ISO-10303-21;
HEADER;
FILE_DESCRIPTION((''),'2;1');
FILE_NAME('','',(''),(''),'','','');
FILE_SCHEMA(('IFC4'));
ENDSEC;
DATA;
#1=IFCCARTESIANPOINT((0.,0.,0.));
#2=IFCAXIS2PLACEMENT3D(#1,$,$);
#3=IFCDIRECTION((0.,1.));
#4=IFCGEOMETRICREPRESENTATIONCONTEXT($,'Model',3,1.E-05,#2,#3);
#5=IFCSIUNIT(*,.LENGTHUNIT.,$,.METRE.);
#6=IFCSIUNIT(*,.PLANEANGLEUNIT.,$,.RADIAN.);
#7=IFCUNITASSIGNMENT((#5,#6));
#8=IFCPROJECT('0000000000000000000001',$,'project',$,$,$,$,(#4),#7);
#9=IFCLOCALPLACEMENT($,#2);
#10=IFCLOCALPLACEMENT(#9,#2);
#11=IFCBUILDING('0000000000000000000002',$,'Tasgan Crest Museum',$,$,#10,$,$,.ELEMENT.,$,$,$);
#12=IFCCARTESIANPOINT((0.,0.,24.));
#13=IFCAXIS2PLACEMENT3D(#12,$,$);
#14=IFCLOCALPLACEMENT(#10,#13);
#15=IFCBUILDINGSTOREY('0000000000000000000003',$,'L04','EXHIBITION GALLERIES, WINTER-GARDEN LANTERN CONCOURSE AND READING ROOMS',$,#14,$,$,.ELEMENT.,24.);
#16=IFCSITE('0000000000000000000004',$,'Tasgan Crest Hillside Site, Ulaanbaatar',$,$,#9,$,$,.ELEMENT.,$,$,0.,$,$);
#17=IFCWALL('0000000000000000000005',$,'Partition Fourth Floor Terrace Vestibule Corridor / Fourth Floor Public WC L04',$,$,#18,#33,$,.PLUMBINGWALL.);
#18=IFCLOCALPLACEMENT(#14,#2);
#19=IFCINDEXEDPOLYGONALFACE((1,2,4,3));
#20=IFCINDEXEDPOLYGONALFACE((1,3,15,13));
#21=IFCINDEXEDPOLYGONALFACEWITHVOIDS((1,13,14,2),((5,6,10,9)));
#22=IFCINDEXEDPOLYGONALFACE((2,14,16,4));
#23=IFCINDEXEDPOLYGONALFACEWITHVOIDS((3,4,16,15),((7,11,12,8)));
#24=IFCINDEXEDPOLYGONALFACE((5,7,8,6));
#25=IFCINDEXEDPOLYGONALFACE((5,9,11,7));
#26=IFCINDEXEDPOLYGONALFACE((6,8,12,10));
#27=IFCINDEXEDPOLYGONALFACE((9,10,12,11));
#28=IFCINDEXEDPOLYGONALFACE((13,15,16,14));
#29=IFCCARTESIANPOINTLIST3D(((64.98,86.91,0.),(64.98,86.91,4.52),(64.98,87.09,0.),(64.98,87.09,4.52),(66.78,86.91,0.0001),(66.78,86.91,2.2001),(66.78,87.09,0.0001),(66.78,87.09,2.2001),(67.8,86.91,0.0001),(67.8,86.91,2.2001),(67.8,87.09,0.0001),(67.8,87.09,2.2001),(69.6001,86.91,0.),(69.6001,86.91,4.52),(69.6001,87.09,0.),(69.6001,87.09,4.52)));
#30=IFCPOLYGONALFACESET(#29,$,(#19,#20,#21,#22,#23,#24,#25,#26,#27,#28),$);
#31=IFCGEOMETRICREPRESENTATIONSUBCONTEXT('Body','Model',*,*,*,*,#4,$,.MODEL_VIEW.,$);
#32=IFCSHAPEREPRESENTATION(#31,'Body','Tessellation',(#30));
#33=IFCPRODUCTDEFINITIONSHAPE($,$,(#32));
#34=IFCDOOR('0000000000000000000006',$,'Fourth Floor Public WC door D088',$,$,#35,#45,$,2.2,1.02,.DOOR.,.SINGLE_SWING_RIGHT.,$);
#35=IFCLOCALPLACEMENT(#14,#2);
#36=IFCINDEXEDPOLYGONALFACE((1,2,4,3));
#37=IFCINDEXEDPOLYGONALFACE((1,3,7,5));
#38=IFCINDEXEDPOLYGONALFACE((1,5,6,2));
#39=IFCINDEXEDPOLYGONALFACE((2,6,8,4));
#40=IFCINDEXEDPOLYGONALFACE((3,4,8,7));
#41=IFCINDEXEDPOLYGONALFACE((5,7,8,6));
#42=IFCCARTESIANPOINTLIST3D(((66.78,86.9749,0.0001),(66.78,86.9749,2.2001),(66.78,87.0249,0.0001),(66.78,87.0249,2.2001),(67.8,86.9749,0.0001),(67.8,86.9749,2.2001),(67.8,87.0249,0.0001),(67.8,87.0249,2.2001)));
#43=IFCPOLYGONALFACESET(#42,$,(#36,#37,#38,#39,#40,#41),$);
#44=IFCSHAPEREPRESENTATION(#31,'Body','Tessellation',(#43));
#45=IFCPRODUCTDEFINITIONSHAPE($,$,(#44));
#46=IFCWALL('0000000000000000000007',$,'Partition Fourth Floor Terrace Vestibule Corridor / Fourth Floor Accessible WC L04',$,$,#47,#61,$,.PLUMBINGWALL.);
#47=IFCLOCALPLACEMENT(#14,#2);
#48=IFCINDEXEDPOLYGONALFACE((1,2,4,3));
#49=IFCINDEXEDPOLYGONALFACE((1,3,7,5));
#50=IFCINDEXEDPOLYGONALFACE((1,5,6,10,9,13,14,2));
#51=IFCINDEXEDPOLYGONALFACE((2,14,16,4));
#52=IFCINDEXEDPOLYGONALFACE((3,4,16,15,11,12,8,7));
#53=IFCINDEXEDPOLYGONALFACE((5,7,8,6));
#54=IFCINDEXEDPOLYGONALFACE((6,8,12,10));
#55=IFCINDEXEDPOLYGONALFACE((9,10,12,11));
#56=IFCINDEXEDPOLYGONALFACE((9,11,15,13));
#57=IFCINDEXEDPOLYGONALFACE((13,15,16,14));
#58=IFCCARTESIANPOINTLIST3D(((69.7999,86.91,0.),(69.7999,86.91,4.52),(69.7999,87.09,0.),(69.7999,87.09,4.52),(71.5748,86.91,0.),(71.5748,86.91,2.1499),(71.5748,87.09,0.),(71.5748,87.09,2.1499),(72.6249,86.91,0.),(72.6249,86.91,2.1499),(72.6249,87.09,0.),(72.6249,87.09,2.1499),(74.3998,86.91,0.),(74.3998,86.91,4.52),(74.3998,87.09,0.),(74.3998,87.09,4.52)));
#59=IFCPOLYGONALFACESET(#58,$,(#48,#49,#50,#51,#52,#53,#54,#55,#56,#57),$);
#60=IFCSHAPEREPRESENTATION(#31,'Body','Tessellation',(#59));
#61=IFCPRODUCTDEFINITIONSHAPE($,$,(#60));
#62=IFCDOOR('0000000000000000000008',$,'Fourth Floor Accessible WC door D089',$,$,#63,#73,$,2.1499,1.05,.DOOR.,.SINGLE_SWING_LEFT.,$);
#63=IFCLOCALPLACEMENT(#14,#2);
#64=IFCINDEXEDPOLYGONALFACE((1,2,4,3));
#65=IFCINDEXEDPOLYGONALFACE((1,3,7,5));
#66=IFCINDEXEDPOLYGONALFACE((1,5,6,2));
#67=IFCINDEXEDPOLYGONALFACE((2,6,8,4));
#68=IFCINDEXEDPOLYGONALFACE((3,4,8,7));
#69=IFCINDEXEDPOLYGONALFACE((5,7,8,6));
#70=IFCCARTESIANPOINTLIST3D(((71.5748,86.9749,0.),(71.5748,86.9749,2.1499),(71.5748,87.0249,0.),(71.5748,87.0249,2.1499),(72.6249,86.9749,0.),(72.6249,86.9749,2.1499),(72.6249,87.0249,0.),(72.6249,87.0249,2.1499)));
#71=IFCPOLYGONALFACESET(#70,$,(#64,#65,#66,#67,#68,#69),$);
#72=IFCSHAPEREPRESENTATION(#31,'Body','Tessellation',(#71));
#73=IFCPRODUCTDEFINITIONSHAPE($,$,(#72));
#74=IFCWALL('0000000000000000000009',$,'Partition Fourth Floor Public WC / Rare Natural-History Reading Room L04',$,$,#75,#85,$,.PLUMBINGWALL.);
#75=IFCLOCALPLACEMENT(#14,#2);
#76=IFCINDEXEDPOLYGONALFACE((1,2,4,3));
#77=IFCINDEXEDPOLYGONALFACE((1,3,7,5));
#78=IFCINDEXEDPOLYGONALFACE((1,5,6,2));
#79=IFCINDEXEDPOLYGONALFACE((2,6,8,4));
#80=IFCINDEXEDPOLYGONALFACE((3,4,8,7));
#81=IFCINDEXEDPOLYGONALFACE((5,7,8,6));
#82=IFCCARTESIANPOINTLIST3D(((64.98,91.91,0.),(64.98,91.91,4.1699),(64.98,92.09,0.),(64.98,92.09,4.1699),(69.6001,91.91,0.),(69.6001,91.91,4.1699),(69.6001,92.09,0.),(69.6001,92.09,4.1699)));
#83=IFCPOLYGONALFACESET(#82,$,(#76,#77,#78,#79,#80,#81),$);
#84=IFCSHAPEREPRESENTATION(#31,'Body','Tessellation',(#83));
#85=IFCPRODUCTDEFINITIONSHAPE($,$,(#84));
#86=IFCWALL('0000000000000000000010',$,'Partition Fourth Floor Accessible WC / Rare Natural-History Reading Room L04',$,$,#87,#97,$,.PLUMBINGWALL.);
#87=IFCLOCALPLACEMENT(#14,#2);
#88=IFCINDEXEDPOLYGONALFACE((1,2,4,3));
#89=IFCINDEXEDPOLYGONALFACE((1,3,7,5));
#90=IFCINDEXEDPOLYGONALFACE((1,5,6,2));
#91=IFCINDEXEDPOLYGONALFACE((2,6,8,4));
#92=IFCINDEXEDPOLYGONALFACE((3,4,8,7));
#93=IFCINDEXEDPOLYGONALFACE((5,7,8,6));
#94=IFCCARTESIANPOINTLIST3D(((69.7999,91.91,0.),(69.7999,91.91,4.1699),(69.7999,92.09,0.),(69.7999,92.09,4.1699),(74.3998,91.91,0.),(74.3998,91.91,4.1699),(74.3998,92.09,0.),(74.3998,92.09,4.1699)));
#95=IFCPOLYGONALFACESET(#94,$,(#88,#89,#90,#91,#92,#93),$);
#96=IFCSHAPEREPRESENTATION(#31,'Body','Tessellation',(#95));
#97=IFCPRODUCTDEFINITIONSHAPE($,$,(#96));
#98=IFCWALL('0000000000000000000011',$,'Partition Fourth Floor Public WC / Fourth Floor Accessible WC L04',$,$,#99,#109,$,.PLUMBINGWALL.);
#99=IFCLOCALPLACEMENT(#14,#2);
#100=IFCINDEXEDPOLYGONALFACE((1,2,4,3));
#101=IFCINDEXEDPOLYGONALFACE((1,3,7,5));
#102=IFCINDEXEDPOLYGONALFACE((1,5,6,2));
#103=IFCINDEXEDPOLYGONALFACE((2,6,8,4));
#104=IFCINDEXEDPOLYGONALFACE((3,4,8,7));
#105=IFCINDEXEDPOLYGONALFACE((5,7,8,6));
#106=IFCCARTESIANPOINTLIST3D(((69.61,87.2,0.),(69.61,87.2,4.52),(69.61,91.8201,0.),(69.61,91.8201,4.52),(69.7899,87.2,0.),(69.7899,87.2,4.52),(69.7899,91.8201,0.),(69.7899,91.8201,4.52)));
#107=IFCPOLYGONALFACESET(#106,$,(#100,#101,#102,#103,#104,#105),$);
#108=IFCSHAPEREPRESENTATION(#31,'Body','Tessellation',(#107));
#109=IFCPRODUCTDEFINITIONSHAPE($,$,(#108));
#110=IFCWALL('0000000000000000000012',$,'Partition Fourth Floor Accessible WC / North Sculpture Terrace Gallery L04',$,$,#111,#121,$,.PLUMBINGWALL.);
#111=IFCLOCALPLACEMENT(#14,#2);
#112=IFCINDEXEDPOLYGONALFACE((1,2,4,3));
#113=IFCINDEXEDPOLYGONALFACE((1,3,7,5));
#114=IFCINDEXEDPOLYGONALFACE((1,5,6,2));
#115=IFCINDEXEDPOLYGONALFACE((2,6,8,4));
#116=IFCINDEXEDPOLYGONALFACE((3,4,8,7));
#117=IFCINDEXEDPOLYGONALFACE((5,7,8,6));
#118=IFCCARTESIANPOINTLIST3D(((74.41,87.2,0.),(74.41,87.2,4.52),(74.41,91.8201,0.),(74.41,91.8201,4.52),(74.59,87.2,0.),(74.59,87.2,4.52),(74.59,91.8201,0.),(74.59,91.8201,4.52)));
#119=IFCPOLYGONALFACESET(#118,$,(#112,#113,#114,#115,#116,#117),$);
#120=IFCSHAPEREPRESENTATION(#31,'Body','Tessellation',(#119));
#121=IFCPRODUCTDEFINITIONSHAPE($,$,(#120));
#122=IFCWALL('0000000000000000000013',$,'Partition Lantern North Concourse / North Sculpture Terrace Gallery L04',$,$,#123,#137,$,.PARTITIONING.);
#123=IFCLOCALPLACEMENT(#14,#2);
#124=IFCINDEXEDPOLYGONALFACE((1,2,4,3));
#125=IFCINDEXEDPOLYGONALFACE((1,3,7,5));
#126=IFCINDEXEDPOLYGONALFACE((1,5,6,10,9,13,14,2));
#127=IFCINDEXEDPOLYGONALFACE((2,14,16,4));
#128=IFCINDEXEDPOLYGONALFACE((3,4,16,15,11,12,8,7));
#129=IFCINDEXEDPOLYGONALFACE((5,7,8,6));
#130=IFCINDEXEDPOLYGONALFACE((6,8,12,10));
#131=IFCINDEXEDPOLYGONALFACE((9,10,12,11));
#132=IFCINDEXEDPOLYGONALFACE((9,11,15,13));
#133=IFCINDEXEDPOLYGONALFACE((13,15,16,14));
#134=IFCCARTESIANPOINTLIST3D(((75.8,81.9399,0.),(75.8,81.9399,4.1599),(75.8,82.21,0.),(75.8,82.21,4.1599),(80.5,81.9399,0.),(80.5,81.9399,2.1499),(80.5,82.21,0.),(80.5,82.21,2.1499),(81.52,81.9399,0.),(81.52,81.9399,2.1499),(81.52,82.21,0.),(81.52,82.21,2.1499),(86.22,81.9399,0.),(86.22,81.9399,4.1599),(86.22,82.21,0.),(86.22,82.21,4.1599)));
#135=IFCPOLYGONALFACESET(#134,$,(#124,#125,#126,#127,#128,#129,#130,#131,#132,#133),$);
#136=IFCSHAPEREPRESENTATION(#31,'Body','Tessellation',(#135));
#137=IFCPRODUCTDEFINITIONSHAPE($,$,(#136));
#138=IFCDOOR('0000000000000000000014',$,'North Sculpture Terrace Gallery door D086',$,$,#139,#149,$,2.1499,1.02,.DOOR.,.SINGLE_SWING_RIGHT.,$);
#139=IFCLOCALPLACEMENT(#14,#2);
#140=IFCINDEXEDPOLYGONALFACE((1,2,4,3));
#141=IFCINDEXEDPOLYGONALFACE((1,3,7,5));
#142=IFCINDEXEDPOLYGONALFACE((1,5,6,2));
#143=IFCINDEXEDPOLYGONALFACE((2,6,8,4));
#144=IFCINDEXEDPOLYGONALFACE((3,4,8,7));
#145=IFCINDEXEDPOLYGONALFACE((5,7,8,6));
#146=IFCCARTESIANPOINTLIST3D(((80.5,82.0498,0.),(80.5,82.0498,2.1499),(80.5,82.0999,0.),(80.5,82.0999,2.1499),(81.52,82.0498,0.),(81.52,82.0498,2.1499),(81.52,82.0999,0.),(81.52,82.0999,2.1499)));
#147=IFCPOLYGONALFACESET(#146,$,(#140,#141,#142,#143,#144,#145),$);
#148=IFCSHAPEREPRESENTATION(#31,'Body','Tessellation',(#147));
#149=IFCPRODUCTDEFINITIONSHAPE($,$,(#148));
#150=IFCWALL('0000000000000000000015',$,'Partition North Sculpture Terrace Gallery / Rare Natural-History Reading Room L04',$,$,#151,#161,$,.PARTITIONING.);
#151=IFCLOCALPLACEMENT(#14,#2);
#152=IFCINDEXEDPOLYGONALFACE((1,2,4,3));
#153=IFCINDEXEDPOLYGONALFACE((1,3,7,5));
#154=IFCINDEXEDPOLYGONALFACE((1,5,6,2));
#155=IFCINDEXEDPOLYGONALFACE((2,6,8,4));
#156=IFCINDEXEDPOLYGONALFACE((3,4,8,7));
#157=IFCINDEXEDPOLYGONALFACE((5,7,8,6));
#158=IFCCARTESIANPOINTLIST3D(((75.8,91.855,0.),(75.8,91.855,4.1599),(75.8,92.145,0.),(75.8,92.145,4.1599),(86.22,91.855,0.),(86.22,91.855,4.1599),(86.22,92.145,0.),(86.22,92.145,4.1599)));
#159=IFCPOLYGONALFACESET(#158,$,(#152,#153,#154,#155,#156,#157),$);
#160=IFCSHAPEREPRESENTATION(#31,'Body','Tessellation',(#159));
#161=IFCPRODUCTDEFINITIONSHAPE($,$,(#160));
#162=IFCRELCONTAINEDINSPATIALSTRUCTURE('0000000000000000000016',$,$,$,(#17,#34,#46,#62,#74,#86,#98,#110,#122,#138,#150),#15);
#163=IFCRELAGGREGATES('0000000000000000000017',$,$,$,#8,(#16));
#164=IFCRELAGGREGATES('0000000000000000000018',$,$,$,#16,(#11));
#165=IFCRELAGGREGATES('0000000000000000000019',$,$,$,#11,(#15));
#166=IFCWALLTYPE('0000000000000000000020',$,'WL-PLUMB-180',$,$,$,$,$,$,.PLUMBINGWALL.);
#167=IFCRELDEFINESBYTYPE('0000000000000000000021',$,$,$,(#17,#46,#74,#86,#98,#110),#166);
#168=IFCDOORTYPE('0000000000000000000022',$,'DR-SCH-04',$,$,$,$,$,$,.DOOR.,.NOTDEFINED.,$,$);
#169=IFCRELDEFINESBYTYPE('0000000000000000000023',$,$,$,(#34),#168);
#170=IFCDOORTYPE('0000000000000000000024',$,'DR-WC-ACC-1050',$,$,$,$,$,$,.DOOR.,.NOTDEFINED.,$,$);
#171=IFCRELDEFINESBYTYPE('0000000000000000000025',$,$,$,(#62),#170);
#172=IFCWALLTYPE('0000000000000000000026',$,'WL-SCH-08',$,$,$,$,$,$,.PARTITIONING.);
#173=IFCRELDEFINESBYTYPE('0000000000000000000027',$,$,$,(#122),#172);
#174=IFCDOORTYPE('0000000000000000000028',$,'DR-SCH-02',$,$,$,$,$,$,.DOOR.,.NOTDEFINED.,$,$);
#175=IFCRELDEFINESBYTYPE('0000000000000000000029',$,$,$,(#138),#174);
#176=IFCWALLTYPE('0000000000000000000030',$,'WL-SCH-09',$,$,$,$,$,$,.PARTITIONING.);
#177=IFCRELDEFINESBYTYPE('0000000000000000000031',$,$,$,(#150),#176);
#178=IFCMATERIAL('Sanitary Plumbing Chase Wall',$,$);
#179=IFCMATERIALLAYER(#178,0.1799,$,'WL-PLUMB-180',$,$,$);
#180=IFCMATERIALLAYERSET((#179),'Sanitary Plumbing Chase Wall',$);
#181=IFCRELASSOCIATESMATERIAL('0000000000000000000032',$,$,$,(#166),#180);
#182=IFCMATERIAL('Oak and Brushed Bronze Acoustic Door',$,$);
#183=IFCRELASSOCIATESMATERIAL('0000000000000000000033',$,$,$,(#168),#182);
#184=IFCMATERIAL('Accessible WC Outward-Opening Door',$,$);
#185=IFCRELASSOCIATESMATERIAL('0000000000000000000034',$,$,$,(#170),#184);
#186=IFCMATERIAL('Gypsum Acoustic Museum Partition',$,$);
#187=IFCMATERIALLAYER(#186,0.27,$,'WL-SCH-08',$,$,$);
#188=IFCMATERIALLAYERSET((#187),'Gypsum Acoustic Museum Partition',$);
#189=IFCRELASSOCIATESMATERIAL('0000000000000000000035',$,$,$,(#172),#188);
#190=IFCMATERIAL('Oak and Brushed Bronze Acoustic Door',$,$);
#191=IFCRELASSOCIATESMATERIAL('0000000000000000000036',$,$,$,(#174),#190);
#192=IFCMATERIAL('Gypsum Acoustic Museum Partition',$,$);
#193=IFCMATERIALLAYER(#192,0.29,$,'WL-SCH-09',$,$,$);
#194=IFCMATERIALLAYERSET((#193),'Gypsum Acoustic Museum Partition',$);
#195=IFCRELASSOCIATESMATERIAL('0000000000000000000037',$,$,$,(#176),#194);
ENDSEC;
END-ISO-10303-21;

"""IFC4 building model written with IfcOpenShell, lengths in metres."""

from ifc_helpers import new_model, si_unit, direction, frame, frame_2d, origin, place, context, subcontext, project, spatial, rectangle, extrude, material, layer, layer_set, type_object, element, fill, save


model = new_model("IFC4")

# Units and contexts
model_context = context("Model", 3, precision=1e-05, world=origin(), true_north=direction((0.0, 1.0)))
body_context = subcontext(model_context, "Body", "Model", "MODEL_VIEW")
ifc_project = project(units=[si_unit("LENGTHUNIT", "METRE"), si_unit("PLANEANGLEUNIT", "RADIAN")], contexts=[model_context])

# Site, building, storey
site_placement = place(None, origin())
site = spatial("IfcSite", under=ifc_project, at=site_placement, Name="Tasgan Crest Hillside Site, Ulaanbaatar", CompositionType="ELEMENT", RefElevation=0.0)
building_placement = place(site_placement, origin())
building = spatial("IfcBuilding", under=site, at=building_placement, Name="Tasgan Crest Museum", CompositionType="ELEMENT")
storey_placement = place(building_placement, frame((0.0, 0.0, 24.0)))
storey = spatial("IfcBuildingStorey", under=building, at=storey_placement, Name="L04", Description="EXHIBITION GALLERIES, WINTER-GARDEN LANTERN CONCOURSE AND READING ROOMS", CompositionType="ELEMENT", Elevation=24.0)

# Walls, openings, doors
ifc_material_1 = material(Name="Sanitary Plumbing Chase Wall")
ifc_layer_1 = layer(ifc_material_1, 0.1799, Name="WL-PLUMB-180")
ifc_layer_set_1 = layer_set([ifc_layer_1], Name="Sanitary Plumbing Chase Wall")
wall_type_1 = type_object("IfcWallType", Name="WL-PLUMB-180", PredefinedType="PLUMBINGWALL", material=ifc_layer_set_1)
wall_1_placement = place(storey_placement, frame((64.98, 87.0, 0.0), z_axis=(0.0, 0.0, 1.0), x_axis=(1.0, 0.0, 0.0)))
wall_1 = element("IfcWall", 1, at=wall_1_placement, inside=storey, type_object=wall_type_1, Name="Partition Fourth Floor Terrace Vestibule Corridor / Fourth Floor Public WC L04", PredefinedType="PLUMBINGWALL", context=body_context, shape_type="SweptSolid", body=[
    extrude(rectangle(XDim=4.6201, YDim=0.1799, at=frame_2d((2.3101, 0.0))), origin(), (0.0, 0.0, 1.0), 4.52),
])
opening_1_placement = place(wall_1_placement, frame((1.8, 0.0, 0.0)))
opening_1 = element("IfcOpeningElement", 2, at=opening_1_placement, cuts=wall_1, PredefinedType="OPENING", context=body_context, shape_type="SweptSolid", body=[
    extrude(rectangle(XDim=1.02, YDim=2.2, at=frame_2d((0.51, 1.1001))), frame((0.0, 0.0999, 0.0), z_axis=(0.0, -1.0, 0.0), x_axis=(1.0, 0.0, 0.0)), (0.0, 0.0, 1.0), 0.2),
])
ifc_material_2 = material(Name="Oak and Brushed Bronze Acoustic Door")
door_type_1 = type_object("IfcDoorType", Name="DR-SCH-04", OperationType="NOTDEFINED", PredefinedType="DOOR", material=ifc_material_2)
door_1_placement = place(opening_1_placement, origin())
door_1 = element("IfcDoor", 3, at=door_1_placement, inside=storey, type_object=door_type_1, Name="Fourth Floor Public WC door D088", OperationType="SINGLE_SWING_RIGHT", OverallHeight=2.2, OverallWidth=1.02, PredefinedType="DOOR", context=body_context, shape_type="SweptSolid", body=[
    extrude(rectangle(XDim=1.02, YDim=2.2, at=frame_2d((0.51, 1.1001))), frame((0.0, 0.0249, 0.0), z_axis=(0.0, -1.0, 0.0), x_axis=(1.0, 0.0, 0.0)), (0.0, 0.0, 1.0), 0.05),
])
fill(opening_1, door_1)
wall_2_placement = place(storey_placement, frame((69.8, 87.0, 0.0), z_axis=(0.0, 0.0, 1.0), x_axis=(1.0, 0.0, 0.0)))
wall_2 = element("IfcWall", 4, at=wall_2_placement, inside=storey, type_object=wall_type_1, Name="Partition Fourth Floor Terrace Vestibule Corridor / Fourth Floor Accessible WC L04", PredefinedType="PLUMBINGWALL", context=body_context, shape_type="SweptSolid", body=[
    extrude(rectangle(XDim=4.5999, YDim=0.1799, at=frame_2d((2.2998, 0.0))), origin(), (0.0, 0.0, 1.0), 4.52),
])
opening_2_placement = place(wall_2_placement, frame((1.7749, 0.0, 0.0)))
opening_2 = element("IfcOpeningElement", 5, at=opening_2_placement, cuts=wall_2, PredefinedType="OPENING", context=body_context, shape_type="SweptSolid", body=[
    extrude(rectangle(XDim=1.05, YDim=2.1499, at=frame_2d((0.5249, 1.075))), frame((0.0, 0.0999, 0.0), z_axis=(0.0, -1.0, 0.0), x_axis=(1.0, 0.0, 0.0)), (0.0, 0.0, 1.0), 0.2),
])
ifc_material_3 = material(Name="Accessible WC Outward-Opening Door")
door_type_2 = type_object("IfcDoorType", Name="DR-WC-ACC-1050", OperationType="NOTDEFINED", PredefinedType="DOOR", material=ifc_material_3)
door_2_placement = place(opening_2_placement, origin())
door_2 = element("IfcDoor", 6, at=door_2_placement, inside=storey, type_object=door_type_2, Name="Fourth Floor Accessible WC door D089", OperationType="SINGLE_SWING_LEFT", OverallHeight=2.1499, OverallWidth=1.05, PredefinedType="DOOR", context=body_context, shape_type="SweptSolid", body=[
    extrude(rectangle(XDim=1.05, YDim=2.1499, at=frame_2d((0.5249, 1.075))), frame((0.0, 0.0249, 0.0), z_axis=(0.0, -1.0, 0.0), x_axis=(1.0, 0.0, 0.0)), (0.0, 0.0, 1.0), 0.05),
])
fill(opening_2, door_2)

# Walls
wall_3_placement = place(storey_placement, frame((64.98, 92.0, 0.0), z_axis=(0.0, 0.0, 1.0), x_axis=(1.0, 0.0, 0.0)))
element("IfcWall", 7, at=wall_3_placement, inside=storey, type_object=wall_type_1, Name="Partition Fourth Floor Public WC / Rare Natural-History Reading Room L04", PredefinedType="PLUMBINGWALL", context=body_context, shape_type="SweptSolid", body=[
    extrude(rectangle(XDim=4.6201, YDim=0.1799, at=frame_2d((2.3101, 0.0))), origin(), (0.0, 0.0, 1.0), 4.1699),
])
wall_4_placement = place(storey_placement, frame((69.8, 92.0, 0.0), z_axis=(0.0, 0.0, 1.0), x_axis=(1.0, 0.0, 0.0)))
element("IfcWall", 8, at=wall_4_placement, inside=storey, type_object=wall_type_1, Name="Partition Fourth Floor Accessible WC / Rare Natural-History Reading Room L04", PredefinedType="PLUMBINGWALL", context=body_context, shape_type="SweptSolid", body=[
    extrude(rectangle(XDim=4.5999, YDim=0.1799, at=frame_2d((2.2998, 0.0))), origin(), (0.0, 0.0, 1.0), 4.1699),
])
for number, where, z_axis, x_axis, name in (
    (9, (69.7, 87.2, 0.0), (0.0, 0.0, 1.0), (0.0, 1.0, 0.0), "Partition Fourth Floor Public WC / Fourth Floor Accessible WC L04"),
    (10, (74.5, 87.2, 0.0), (0.0, 0.0, 1.0), (0.0, 1.0, 0.0), "Partition Fourth Floor Accessible WC / North Sculpture Terrace Gallery L04"),
):
    element("IfcWall", number, at=place(storey_placement, frame(where, z_axis=z_axis, x_axis=x_axis)), inside=storey, type_object=wall_type_1, Name=name, PredefinedType="PLUMBINGWALL", context=body_context, shape_type="SweptSolid", body=[
        extrude(rectangle(XDim=4.6201, YDim=0.1799, at=frame_2d((2.3101, 0.0))), origin(), (0.0, 0.0, 1.0), 4.52),
    ])

# Wall, opening, door
ifc_material_4 = material(Name="Gypsum Acoustic Museum Partition")
ifc_layer_2 = layer(ifc_material_4, 0.27, Name="WL-SCH-08")
ifc_layer_set_2 = layer_set([ifc_layer_2], Name="Gypsum Acoustic Museum Partition")
wall_type_2 = type_object("IfcWallType", Name="WL-SCH-08", PredefinedType="PARTITIONING", material=ifc_layer_set_2)
wall_5_placement = place(storey_placement, frame((75.8, 82.075, 0.0), z_axis=(0.0, 0.0, 1.0), x_axis=(1.0, 0.0, 0.0)))
wall_5 = element("IfcWall", 11, at=wall_5_placement, inside=storey, type_object=wall_type_2, Name="Partition Lantern North Concourse / North Sculpture Terrace Gallery L04", PredefinedType="PARTITIONING", context=body_context, shape_type="SweptSolid", body=[
    extrude(rectangle(XDim=10.4199, YDim=0.27, at=frame_2d((5.21, 0.0))), origin(), (0.0, 0.0, 1.0), 4.1599),
])
opening_3_placement = place(wall_5_placement, frame((4.7, 0.0, 0.0)))
opening_3 = element("IfcOpeningElement", 12, at=opening_3_placement, cuts=wall_5, PredefinedType="OPENING", context=body_context, shape_type="SweptSolid", body=[
    extrude(rectangle(XDim=1.02, YDim=2.1499, at=frame_2d((0.51, 1.075))), frame((0.0, 0.145, 0.0), z_axis=(0.0, -1.0, 0.0), x_axis=(1.0, 0.0, 0.0)), (0.0, 0.0, 1.0), 0.29),
])
ifc_material_5 = material(Name="Oak and Brushed Bronze Acoustic Door")
door_type_3 = type_object("IfcDoorType", Name="DR-SCH-02", OperationType="NOTDEFINED", PredefinedType="DOOR", material=ifc_material_5)
door_3_placement = place(opening_3_placement, origin())
door_3 = element("IfcDoor", 13, at=door_3_placement, inside=storey, type_object=door_type_3, Name="North Sculpture Terrace Gallery door D086", OperationType="SINGLE_SWING_RIGHT", OverallHeight=2.1499, OverallWidth=1.02, PredefinedType="DOOR", context=body_context, shape_type="SweptSolid", body=[
    extrude(rectangle(XDim=1.02, YDim=2.1499, at=frame_2d((0.51, 1.075))), frame((0.0, 0.0249, 0.0), z_axis=(0.0, -1.0, 0.0), x_axis=(1.0, 0.0, 0.0)), (0.0, 0.0, 1.0), 0.05),
])
fill(opening_3, door_3)

# Wall
ifc_material_6 = material(Name="Gypsum Acoustic Museum Partition")
ifc_layer_3 = layer(ifc_material_6, 0.29, Name="WL-SCH-09")
ifc_layer_set_3 = layer_set([ifc_layer_3], Name="Gypsum Acoustic Museum Partition")
wall_type_3 = type_object("IfcWallType", Name="WL-SCH-09", PredefinedType="PARTITIONING", material=ifc_layer_set_3)
wall_6_placement = place(storey_placement, frame((75.8, 92.0, 0.0), z_axis=(0.0, 0.0, 1.0), x_axis=(1.0, 0.0, 0.0)))
element("IfcWall", 14, at=wall_6_placement, inside=storey, type_object=wall_type_3, Name="Partition North Sculpture Terrace Gallery / Rare Natural-History Reading Room L04", PredefinedType="PARTITIONING", context=body_context, shape_type="SweptSolid", body=[
    extrude(rectangle(XDim=10.4199, YDim=0.29, at=frame_2d((5.21, 0.0))), origin(), (0.0, 0.0, 1.0), 4.1599),
])

save(model, "model.ifc")
